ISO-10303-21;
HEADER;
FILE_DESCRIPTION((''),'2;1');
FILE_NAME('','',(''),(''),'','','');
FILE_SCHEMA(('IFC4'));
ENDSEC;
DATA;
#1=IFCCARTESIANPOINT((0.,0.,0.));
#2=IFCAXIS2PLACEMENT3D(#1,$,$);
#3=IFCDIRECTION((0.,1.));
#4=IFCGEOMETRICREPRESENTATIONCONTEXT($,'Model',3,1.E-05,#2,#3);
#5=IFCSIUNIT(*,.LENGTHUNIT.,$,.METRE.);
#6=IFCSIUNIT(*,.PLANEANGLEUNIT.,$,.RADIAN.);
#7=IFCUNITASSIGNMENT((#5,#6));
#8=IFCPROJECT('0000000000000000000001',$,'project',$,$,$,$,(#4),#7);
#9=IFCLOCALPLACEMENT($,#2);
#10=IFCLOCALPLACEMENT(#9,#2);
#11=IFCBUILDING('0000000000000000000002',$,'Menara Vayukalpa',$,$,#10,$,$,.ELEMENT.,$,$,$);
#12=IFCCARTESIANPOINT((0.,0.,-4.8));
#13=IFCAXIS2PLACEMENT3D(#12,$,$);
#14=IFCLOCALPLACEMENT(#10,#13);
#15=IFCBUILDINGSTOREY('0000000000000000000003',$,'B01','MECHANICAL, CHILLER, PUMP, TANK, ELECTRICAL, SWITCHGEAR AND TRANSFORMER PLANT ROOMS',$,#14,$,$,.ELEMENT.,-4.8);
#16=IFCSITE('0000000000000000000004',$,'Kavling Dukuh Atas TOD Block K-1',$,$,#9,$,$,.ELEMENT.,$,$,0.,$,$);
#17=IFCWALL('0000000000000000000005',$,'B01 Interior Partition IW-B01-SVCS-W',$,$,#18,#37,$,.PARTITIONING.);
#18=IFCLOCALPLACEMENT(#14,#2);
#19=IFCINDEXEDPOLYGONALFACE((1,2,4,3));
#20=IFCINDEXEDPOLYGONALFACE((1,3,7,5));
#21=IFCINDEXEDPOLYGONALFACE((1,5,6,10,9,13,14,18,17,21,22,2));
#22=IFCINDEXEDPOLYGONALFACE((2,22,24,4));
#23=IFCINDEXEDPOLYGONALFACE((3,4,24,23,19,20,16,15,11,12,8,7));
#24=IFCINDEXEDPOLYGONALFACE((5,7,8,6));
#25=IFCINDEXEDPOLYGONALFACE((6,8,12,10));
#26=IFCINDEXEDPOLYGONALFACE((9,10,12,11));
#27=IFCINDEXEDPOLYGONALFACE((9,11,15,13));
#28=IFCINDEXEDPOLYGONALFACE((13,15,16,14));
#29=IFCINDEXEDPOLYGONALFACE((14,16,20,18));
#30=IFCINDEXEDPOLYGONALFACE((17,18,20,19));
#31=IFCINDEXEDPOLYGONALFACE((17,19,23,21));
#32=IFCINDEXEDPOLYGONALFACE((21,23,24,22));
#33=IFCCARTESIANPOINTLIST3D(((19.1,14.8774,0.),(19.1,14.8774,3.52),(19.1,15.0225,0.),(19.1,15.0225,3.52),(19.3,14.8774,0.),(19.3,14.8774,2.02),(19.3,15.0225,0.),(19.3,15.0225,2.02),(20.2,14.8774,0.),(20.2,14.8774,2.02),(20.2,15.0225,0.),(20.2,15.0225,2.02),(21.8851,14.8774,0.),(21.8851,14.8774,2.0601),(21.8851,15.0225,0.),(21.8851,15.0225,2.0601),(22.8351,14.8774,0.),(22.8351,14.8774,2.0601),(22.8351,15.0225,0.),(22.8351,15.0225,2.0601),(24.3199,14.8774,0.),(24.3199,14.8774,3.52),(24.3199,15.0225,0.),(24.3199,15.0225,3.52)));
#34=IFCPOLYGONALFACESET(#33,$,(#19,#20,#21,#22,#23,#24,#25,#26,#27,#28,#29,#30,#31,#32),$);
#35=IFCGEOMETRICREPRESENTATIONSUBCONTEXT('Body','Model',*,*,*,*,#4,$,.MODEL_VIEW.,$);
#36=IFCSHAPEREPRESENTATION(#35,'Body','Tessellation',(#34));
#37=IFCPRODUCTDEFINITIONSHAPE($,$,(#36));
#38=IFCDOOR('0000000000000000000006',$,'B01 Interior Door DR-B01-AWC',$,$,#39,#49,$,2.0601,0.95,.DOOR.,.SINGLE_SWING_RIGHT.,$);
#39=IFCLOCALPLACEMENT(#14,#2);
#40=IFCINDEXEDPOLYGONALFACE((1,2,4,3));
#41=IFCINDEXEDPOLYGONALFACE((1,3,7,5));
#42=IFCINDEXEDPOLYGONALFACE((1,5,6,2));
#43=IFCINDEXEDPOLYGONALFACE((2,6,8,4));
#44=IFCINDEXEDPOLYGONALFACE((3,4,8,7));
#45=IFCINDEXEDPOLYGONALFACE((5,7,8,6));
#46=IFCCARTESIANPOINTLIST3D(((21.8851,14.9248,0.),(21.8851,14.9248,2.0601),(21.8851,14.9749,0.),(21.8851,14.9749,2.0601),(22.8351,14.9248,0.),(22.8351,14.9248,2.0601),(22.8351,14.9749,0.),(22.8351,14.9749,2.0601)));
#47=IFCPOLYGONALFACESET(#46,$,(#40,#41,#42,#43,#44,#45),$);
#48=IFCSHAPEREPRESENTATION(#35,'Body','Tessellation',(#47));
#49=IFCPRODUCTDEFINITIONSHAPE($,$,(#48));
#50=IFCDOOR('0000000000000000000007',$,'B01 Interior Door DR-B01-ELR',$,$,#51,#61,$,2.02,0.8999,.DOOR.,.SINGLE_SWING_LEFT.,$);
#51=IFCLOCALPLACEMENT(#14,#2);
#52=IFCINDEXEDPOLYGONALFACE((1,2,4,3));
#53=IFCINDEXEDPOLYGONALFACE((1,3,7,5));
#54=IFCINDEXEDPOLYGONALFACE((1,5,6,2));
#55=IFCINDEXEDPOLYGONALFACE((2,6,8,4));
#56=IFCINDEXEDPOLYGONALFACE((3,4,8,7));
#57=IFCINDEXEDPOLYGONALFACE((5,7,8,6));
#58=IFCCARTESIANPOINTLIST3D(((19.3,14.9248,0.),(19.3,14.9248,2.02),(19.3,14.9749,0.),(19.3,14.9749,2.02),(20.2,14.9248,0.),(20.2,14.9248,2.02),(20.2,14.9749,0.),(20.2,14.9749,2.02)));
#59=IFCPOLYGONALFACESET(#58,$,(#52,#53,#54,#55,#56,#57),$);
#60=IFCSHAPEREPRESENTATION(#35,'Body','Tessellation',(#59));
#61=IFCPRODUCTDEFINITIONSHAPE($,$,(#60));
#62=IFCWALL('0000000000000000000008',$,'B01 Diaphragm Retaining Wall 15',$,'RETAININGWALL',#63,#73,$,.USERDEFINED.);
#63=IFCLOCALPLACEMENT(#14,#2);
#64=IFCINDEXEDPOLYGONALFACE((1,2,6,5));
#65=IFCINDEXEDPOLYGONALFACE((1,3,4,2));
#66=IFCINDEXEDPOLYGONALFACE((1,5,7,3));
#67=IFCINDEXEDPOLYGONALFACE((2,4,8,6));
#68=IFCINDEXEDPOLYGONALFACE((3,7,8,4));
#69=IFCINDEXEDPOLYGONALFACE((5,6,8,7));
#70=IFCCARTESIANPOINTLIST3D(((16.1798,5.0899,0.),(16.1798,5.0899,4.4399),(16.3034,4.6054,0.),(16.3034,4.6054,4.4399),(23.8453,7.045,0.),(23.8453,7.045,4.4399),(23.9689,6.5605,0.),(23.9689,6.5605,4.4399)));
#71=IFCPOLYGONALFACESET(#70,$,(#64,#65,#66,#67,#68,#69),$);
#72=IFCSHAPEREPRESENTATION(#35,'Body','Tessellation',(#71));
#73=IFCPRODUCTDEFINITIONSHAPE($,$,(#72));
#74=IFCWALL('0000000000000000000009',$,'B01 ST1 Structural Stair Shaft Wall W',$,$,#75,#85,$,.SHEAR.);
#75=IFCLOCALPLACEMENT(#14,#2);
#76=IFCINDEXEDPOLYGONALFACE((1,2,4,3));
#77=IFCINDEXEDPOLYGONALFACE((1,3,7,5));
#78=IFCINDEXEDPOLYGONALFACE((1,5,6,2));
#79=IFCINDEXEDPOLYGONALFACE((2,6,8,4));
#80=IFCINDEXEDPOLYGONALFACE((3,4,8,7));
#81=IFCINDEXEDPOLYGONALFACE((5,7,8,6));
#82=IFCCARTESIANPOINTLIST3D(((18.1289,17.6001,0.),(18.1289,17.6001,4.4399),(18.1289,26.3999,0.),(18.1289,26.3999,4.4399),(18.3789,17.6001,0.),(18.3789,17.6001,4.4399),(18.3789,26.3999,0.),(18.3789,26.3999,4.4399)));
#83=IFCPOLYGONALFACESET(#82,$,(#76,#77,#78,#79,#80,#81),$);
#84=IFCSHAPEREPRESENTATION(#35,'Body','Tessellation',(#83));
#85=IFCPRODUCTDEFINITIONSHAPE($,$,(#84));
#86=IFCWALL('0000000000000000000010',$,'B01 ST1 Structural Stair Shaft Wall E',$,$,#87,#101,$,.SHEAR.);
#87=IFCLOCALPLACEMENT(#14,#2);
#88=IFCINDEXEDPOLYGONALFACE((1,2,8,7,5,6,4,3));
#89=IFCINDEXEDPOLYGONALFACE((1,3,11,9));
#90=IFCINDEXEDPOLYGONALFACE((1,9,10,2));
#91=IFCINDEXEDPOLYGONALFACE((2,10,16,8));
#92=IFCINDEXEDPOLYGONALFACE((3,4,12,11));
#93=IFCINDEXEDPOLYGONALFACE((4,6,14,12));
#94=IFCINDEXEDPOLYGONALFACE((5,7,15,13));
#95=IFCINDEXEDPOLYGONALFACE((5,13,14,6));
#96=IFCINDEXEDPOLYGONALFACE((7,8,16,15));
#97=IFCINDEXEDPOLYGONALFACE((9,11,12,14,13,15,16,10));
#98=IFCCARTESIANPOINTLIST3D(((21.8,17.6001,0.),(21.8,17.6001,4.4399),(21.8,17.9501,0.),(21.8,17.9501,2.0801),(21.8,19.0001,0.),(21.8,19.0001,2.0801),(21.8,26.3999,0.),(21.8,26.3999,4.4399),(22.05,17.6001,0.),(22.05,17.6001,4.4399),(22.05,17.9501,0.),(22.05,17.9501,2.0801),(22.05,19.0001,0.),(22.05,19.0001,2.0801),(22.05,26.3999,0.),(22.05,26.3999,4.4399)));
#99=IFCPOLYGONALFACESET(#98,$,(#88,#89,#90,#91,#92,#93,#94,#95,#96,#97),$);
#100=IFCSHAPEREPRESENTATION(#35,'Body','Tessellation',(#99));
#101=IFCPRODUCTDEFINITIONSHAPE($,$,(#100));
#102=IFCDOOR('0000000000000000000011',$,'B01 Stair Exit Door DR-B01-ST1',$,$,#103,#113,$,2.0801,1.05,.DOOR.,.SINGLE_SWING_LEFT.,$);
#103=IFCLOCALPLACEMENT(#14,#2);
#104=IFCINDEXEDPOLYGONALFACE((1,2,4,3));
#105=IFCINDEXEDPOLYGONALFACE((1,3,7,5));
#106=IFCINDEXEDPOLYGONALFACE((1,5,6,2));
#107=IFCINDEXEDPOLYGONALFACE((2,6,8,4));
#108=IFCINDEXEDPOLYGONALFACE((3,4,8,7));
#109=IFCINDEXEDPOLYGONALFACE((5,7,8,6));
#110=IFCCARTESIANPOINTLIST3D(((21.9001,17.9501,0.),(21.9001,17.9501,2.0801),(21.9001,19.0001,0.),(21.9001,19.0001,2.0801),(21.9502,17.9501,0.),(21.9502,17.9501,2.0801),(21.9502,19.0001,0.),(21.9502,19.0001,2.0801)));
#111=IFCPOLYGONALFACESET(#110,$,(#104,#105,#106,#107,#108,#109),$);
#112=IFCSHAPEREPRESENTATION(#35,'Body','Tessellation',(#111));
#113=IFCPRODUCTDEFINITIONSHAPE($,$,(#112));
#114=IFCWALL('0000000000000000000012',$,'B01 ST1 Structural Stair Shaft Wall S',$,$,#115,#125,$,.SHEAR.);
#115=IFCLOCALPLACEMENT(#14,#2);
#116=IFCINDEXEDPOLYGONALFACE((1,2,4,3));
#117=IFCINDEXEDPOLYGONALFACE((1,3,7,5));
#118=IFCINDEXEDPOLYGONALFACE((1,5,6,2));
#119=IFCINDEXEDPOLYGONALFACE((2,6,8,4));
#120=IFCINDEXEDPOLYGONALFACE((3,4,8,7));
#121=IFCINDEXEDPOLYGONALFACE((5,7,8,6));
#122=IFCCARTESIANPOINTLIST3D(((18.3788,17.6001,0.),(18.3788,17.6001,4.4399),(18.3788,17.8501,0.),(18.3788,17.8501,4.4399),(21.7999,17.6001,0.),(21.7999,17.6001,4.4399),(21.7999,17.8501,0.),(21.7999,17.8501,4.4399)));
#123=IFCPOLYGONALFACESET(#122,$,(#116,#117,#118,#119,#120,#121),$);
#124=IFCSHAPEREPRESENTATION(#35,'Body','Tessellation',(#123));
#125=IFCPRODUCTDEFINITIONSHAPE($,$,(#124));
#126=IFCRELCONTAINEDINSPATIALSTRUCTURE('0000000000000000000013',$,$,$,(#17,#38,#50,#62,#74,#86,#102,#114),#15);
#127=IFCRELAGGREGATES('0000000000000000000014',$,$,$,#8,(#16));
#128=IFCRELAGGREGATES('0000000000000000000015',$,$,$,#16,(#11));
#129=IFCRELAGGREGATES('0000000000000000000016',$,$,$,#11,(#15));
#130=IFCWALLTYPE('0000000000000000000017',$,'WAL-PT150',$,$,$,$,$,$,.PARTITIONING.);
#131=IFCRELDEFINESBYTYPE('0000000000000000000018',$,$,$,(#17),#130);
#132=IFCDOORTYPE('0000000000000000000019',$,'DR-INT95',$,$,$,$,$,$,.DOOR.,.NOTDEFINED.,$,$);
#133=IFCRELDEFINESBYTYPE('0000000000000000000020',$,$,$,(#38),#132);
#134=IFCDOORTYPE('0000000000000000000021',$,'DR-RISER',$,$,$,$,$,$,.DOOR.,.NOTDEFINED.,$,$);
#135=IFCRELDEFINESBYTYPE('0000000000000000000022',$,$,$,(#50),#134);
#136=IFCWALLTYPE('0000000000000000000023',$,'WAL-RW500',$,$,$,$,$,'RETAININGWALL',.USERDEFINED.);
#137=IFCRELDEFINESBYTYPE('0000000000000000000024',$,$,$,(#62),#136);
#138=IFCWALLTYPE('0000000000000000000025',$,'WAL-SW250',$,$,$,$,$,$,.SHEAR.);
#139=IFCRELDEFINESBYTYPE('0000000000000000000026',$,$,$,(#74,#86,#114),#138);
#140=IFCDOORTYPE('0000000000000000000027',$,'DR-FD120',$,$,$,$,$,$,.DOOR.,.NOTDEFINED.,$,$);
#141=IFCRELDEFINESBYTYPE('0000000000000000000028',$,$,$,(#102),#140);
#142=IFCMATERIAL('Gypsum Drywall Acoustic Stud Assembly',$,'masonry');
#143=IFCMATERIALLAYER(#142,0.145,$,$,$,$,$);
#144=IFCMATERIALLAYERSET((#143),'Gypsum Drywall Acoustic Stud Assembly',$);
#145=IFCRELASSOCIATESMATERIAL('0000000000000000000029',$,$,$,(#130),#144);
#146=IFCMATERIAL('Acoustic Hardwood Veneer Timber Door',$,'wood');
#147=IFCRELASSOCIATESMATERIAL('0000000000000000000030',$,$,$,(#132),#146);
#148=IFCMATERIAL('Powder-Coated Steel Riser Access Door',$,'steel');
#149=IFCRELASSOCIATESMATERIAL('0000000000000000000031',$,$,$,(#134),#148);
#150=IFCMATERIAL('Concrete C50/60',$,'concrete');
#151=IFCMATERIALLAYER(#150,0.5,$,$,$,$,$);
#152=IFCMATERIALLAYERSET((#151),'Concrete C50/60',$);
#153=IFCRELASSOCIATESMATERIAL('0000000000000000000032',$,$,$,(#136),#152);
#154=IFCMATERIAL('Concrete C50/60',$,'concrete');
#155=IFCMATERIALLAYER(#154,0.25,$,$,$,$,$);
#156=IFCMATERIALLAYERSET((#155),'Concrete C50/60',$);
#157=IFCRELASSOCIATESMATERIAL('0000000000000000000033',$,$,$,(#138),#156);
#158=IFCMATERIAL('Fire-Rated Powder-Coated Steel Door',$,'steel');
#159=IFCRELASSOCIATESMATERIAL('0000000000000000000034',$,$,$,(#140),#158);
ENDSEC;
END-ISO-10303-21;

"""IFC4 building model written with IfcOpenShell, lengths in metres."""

from ifc_helpers import new_model, si_unit, direction, frame, frame_2d, origin, place, context, subcontext, project, spatial, rectangle, extrude, material, layer, layer_set, type_object, element, fill, save


model = new_model("IFC4")

# Units and contexts
model_context = context("Model", 3, precision=1e-05, world=origin(), true_north=direction((0.0, 1.0)))
body_context = subcontext(model_context, "Body", "Model", "MODEL_VIEW")
ifc_project = project(units=[si_unit("LENGTHUNIT", "METRE"), si_unit("PLANEANGLEUNIT", "RADIAN")], contexts=[model_context])

# Site, building, storey
site_placement = place(None, origin())
site = spatial("IfcSite", under=ifc_project, at=site_placement, Name="Kavling Dukuh Atas TOD Block K-1", CompositionType="ELEMENT", RefElevation=0.0)
building_placement = place(site_placement, origin())
building = spatial("IfcBuilding", under=site, at=building_placement, Name="Menara Vayukalpa", CompositionType="ELEMENT")
storey_placement = place(building_placement, frame((0.0, 0.0, -4.8)))
storey = spatial("IfcBuildingStorey", under=building, at=storey_placement, Name="B01", Description="MECHANICAL, CHILLER, PUMP, TANK, ELECTRICAL, SWITCHGEAR AND TRANSFORMER PLANT ROOMS", CompositionType="ELEMENT", Elevation=-4.8)

# Wall, openings, doors
ifc_material_1 = material(Name="Gypsum Drywall Acoustic Stud Assembly", Category="masonry")
ifc_layer_1 = layer(ifc_material_1, 0.145)
ifc_layer_set_1 = layer_set([ifc_layer_1], Name="Gypsum Drywall Acoustic Stud Assembly")
wall_type_1 = type_object("IfcWallType", Name="WAL-PT150", PredefinedType="PARTITIONING", material=ifc_layer_set_1)
wall_1_placement = place(storey_placement, frame((19.1001, 14.95, 0.0), z_axis=(0.0, 0.0, 1.0), x_axis=(1.0, 0.0, 0.0)))
wall_1 = element("IfcWall", 1, at=wall_1_placement, inside=storey, type_object=wall_type_1, Name="B01 Interior Partition IW-B01-SVCS-W", PredefinedType="PARTITIONING", context=body_context, shape_type="SweptSolid", body=[
    extrude(rectangle(XDim=5.22, YDim=0.145, at=frame_2d((2.6099, 0.0))), origin(), (0.0, 0.0, 1.0), 3.52),
])
opening_1_placement = place(wall_1_placement, frame((0.2, 0.0, 0.0)))
opening_1 = element("IfcOpeningElement", 2, at=opening_1_placement, cuts=wall_1, PredefinedType="OPENING", context=body_context, shape_type="SweptSolid", body=[
    extrude(rectangle(XDim=0.8999, YDim=2.02, at=frame_2d((0.45, 1.01))), frame((0.0, 0.0825, 0.0), z_axis=(0.0, -1.0, 0.0), x_axis=(1.0, 0.0, 0.0)), (0.0, 0.0, 1.0), 0.165),
])
opening_2_placement = place(wall_1_placement, frame((2.7849, 0.0, 0.0)))
opening_2 = element("IfcOpeningElement", 3, at=opening_2_placement, cuts=wall_1, PredefinedType="OPENING", context=body_context, shape_type="SweptSolid", body=[
    extrude(rectangle(XDim=0.95, YDim=2.0601, at=frame_2d((0.4751, 1.03))), frame((0.0, 0.0825, 0.0), z_axis=(0.0, -1.0, 0.0), x_axis=(1.0, 0.0, 0.0)), (0.0, 0.0, 1.0), 0.165),
])
ifc_material_2 = material(Name="Acoustic Hardwood Veneer Timber Door", Category="wood")
door_type_1 = type_object("IfcDoorType", Name="DR-INT95", OperationType="NOTDEFINED", PredefinedType="DOOR", material=ifc_material_2)
door_1_placement = place(opening_2_placement, origin())
door_1 = element("IfcDoor", 4, at=door_1_placement, inside=storey, type_object=door_type_1, Name="B01 Interior Door DR-B01-AWC", OperationType="SINGLE_SWING_RIGHT", OverallHeight=2.0601, OverallWidth=0.95, PredefinedType="DOOR", context=body_context, shape_type="SweptSolid", body=[
    extrude(rectangle(XDim=0.95, YDim=2.0601, at=frame_2d((0.4751, 1.03))), frame((0.0, 0.0249, 0.0), z_axis=(0.0, -1.0, 0.0), x_axis=(1.0, 0.0, 0.0)), (0.0, 0.0, 1.0), 0.05),
])
fill(opening_2, door_1)
ifc_material_3 = material(Name="Powder-Coated Steel Riser Access Door", Category="steel")
door_type_2 = type_object("IfcDoorType", Name="DR-RISER", OperationType="NOTDEFINED", PredefinedType="DOOR", material=ifc_material_3)
door_2_placement = place(opening_1_placement, origin())
door_2 = element("IfcDoor", 5, at=door_2_placement, inside=storey, type_object=door_type_2, Name="B01 Interior Door DR-B01-ELR", OperationType="SINGLE_SWING_LEFT", OverallHeight=2.02, OverallWidth=0.8999, PredefinedType="DOOR", context=body_context, shape_type="SweptSolid", body=[
    extrude(rectangle(XDim=0.8999, YDim=2.02, at=frame_2d((0.45, 1.01))), frame((0.0, 0.0249, 0.0), z_axis=(0.0, -1.0, 0.0), x_axis=(1.0, 0.0, 0.0)), (0.0, 0.0, 1.0), 0.05),
])
fill(opening_1, door_2)

# Walls
ifc_material_4 = material(Name="Concrete C50/60", Category="concrete")
ifc_layer_2 = layer(ifc_material_4, 0.5)
ifc_layer_set_2 = layer_set([ifc_layer_2], Name="Concrete C50/60")
wall_type_2 = type_object("IfcWallType", Name="WAL-RW500", ElementType="RETAININGWALL", PredefinedType="USERDEFINED", material=ifc_layer_set_2)
wall_2_placement = place(storey_placement, frame((16.2415, 4.8477, 0.0), z_axis=(0.0, 0.0, 1.0), x_axis=(0.968981, 0.247137, 0.0)))
element("IfcWall", 6, at=wall_2_placement, inside=storey, type_object=wall_type_2, Name="B01 Diaphragm Retaining Wall 15", ObjectType="RETAININGWALL", PredefinedType="USERDEFINED", context=body_context, shape_type="SweptSolid", body=[
    extrude(rectangle(XDim=7.9109, YDim=0.5, at=frame_2d((3.9556, 0.0))), origin(), (0.0, 0.0, 1.0), 4.4399),
])
ifc_material_5 = material(Name="Concrete C50/60", Category="concrete")
ifc_layer_3 = layer(ifc_material_5, 0.25)
ifc_layer_set_3 = layer_set([ifc_layer_3], Name="Concrete C50/60")
wall_type_3 = type_object("IfcWallType", Name="WAL-SW250", PredefinedType="SHEAR", material=ifc_layer_set_3)
wall_3_placement = place(storey_placement, frame((18.2539, 17.6001, 0.0), z_axis=(0.0, 0.0, 1.0), x_axis=(0.0, 1.0, 0.0)))
element("IfcWall", 7, at=wall_3_placement, inside=storey, type_object=wall_type_3, Name="B01 ST1 Structural Stair Shaft Wall W", PredefinedType="SHEAR", context=body_context, shape_type="SweptSolid", body=[
    extrude(rectangle(XDim=8.7998, YDim=0.25, at=frame_2d((4.3999, 0.0))), origin(), (0.0, 0.0, 1.0), 4.4399),
])

# Wall, opening, door
wall_4_placement = place(storey_placement, frame((21.925, 17.6001, 0.0), z_axis=(0.0, 0.0, 1.0), x_axis=(0.0, 1.0, 0.0)))
wall_4 = element("IfcWall", 8, at=wall_4_placement, inside=storey, type_object=wall_type_3, Name="B01 ST1 Structural Stair Shaft Wall E", PredefinedType="SHEAR", context=body_context, shape_type="SweptSolid", body=[
    extrude(rectangle(XDim=8.7998, YDim=0.25, at=frame_2d((4.3999, 0.0))), origin(), (0.0, 0.0, 1.0), 4.4399),
])
opening_3_placement = place(wall_4_placement, frame((0.3501, 0.0, 0.0)))
opening_3 = element("IfcOpeningElement", 9, at=opening_3_placement, cuts=wall_4, PredefinedType="OPENING", context=body_context, shape_type="SweptSolid", body=[
    extrude(rectangle(XDim=1.05, YDim=2.0801, at=frame_2d((0.5249, 1.04))), frame((0.0, 0.135, 0.0), z_axis=(0.0, -1.0, 0.0), x_axis=(1.0, 0.0, 0.0)), (0.0, 0.0, 1.0), 0.27),
])
ifc_material_6 = material(Name="Fire-Rated Powder-Coated Steel Door", Category="steel")
door_type_3 = type_object("IfcDoorType", Name="DR-FD120", OperationType="NOTDEFINED", PredefinedType="DOOR", material=ifc_material_6)
door_3_placement = place(opening_3_placement, origin())
door_3 = element("IfcDoor", 10, at=door_3_placement, inside=storey, type_object=door_type_3, Name="B01 Stair Exit Door DR-B01-ST1", OperationType="SINGLE_SWING_LEFT", OverallHeight=2.0801, OverallWidth=1.05, PredefinedType="DOOR", context=body_context, shape_type="SweptSolid", body=[
    extrude(rectangle(XDim=1.05, YDim=2.0801, at=frame_2d((0.5249, 1.04))), frame((0.0, 0.0249, 0.0), z_axis=(0.0, -1.0, 0.0), x_axis=(1.0, 0.0, 0.0)), (0.0, 0.0, 1.0), 0.05),
])
fill(opening_3, door_3)

# Wall
wall_5_placement = place(storey_placement, frame((18.3789, 17.7251, 0.0), z_axis=(0.0, 0.0, 1.0), x_axis=(1.0, 0.0, 0.0)))
element("IfcWall", 11, at=wall_5_placement, inside=storey, type_object=wall_type_3, Name="B01 ST1 Structural Stair Shaft Wall S", PredefinedType="SHEAR", context=body_context, shape_type="SweptSolid", body=[
    extrude(rectangle(XDim=3.4211, YDim=0.25, at=frame_2d((1.7104, 0.0))), origin(), (0.0, 0.0, 1.0), 4.4399),
])

save(model, "model.ifc")
